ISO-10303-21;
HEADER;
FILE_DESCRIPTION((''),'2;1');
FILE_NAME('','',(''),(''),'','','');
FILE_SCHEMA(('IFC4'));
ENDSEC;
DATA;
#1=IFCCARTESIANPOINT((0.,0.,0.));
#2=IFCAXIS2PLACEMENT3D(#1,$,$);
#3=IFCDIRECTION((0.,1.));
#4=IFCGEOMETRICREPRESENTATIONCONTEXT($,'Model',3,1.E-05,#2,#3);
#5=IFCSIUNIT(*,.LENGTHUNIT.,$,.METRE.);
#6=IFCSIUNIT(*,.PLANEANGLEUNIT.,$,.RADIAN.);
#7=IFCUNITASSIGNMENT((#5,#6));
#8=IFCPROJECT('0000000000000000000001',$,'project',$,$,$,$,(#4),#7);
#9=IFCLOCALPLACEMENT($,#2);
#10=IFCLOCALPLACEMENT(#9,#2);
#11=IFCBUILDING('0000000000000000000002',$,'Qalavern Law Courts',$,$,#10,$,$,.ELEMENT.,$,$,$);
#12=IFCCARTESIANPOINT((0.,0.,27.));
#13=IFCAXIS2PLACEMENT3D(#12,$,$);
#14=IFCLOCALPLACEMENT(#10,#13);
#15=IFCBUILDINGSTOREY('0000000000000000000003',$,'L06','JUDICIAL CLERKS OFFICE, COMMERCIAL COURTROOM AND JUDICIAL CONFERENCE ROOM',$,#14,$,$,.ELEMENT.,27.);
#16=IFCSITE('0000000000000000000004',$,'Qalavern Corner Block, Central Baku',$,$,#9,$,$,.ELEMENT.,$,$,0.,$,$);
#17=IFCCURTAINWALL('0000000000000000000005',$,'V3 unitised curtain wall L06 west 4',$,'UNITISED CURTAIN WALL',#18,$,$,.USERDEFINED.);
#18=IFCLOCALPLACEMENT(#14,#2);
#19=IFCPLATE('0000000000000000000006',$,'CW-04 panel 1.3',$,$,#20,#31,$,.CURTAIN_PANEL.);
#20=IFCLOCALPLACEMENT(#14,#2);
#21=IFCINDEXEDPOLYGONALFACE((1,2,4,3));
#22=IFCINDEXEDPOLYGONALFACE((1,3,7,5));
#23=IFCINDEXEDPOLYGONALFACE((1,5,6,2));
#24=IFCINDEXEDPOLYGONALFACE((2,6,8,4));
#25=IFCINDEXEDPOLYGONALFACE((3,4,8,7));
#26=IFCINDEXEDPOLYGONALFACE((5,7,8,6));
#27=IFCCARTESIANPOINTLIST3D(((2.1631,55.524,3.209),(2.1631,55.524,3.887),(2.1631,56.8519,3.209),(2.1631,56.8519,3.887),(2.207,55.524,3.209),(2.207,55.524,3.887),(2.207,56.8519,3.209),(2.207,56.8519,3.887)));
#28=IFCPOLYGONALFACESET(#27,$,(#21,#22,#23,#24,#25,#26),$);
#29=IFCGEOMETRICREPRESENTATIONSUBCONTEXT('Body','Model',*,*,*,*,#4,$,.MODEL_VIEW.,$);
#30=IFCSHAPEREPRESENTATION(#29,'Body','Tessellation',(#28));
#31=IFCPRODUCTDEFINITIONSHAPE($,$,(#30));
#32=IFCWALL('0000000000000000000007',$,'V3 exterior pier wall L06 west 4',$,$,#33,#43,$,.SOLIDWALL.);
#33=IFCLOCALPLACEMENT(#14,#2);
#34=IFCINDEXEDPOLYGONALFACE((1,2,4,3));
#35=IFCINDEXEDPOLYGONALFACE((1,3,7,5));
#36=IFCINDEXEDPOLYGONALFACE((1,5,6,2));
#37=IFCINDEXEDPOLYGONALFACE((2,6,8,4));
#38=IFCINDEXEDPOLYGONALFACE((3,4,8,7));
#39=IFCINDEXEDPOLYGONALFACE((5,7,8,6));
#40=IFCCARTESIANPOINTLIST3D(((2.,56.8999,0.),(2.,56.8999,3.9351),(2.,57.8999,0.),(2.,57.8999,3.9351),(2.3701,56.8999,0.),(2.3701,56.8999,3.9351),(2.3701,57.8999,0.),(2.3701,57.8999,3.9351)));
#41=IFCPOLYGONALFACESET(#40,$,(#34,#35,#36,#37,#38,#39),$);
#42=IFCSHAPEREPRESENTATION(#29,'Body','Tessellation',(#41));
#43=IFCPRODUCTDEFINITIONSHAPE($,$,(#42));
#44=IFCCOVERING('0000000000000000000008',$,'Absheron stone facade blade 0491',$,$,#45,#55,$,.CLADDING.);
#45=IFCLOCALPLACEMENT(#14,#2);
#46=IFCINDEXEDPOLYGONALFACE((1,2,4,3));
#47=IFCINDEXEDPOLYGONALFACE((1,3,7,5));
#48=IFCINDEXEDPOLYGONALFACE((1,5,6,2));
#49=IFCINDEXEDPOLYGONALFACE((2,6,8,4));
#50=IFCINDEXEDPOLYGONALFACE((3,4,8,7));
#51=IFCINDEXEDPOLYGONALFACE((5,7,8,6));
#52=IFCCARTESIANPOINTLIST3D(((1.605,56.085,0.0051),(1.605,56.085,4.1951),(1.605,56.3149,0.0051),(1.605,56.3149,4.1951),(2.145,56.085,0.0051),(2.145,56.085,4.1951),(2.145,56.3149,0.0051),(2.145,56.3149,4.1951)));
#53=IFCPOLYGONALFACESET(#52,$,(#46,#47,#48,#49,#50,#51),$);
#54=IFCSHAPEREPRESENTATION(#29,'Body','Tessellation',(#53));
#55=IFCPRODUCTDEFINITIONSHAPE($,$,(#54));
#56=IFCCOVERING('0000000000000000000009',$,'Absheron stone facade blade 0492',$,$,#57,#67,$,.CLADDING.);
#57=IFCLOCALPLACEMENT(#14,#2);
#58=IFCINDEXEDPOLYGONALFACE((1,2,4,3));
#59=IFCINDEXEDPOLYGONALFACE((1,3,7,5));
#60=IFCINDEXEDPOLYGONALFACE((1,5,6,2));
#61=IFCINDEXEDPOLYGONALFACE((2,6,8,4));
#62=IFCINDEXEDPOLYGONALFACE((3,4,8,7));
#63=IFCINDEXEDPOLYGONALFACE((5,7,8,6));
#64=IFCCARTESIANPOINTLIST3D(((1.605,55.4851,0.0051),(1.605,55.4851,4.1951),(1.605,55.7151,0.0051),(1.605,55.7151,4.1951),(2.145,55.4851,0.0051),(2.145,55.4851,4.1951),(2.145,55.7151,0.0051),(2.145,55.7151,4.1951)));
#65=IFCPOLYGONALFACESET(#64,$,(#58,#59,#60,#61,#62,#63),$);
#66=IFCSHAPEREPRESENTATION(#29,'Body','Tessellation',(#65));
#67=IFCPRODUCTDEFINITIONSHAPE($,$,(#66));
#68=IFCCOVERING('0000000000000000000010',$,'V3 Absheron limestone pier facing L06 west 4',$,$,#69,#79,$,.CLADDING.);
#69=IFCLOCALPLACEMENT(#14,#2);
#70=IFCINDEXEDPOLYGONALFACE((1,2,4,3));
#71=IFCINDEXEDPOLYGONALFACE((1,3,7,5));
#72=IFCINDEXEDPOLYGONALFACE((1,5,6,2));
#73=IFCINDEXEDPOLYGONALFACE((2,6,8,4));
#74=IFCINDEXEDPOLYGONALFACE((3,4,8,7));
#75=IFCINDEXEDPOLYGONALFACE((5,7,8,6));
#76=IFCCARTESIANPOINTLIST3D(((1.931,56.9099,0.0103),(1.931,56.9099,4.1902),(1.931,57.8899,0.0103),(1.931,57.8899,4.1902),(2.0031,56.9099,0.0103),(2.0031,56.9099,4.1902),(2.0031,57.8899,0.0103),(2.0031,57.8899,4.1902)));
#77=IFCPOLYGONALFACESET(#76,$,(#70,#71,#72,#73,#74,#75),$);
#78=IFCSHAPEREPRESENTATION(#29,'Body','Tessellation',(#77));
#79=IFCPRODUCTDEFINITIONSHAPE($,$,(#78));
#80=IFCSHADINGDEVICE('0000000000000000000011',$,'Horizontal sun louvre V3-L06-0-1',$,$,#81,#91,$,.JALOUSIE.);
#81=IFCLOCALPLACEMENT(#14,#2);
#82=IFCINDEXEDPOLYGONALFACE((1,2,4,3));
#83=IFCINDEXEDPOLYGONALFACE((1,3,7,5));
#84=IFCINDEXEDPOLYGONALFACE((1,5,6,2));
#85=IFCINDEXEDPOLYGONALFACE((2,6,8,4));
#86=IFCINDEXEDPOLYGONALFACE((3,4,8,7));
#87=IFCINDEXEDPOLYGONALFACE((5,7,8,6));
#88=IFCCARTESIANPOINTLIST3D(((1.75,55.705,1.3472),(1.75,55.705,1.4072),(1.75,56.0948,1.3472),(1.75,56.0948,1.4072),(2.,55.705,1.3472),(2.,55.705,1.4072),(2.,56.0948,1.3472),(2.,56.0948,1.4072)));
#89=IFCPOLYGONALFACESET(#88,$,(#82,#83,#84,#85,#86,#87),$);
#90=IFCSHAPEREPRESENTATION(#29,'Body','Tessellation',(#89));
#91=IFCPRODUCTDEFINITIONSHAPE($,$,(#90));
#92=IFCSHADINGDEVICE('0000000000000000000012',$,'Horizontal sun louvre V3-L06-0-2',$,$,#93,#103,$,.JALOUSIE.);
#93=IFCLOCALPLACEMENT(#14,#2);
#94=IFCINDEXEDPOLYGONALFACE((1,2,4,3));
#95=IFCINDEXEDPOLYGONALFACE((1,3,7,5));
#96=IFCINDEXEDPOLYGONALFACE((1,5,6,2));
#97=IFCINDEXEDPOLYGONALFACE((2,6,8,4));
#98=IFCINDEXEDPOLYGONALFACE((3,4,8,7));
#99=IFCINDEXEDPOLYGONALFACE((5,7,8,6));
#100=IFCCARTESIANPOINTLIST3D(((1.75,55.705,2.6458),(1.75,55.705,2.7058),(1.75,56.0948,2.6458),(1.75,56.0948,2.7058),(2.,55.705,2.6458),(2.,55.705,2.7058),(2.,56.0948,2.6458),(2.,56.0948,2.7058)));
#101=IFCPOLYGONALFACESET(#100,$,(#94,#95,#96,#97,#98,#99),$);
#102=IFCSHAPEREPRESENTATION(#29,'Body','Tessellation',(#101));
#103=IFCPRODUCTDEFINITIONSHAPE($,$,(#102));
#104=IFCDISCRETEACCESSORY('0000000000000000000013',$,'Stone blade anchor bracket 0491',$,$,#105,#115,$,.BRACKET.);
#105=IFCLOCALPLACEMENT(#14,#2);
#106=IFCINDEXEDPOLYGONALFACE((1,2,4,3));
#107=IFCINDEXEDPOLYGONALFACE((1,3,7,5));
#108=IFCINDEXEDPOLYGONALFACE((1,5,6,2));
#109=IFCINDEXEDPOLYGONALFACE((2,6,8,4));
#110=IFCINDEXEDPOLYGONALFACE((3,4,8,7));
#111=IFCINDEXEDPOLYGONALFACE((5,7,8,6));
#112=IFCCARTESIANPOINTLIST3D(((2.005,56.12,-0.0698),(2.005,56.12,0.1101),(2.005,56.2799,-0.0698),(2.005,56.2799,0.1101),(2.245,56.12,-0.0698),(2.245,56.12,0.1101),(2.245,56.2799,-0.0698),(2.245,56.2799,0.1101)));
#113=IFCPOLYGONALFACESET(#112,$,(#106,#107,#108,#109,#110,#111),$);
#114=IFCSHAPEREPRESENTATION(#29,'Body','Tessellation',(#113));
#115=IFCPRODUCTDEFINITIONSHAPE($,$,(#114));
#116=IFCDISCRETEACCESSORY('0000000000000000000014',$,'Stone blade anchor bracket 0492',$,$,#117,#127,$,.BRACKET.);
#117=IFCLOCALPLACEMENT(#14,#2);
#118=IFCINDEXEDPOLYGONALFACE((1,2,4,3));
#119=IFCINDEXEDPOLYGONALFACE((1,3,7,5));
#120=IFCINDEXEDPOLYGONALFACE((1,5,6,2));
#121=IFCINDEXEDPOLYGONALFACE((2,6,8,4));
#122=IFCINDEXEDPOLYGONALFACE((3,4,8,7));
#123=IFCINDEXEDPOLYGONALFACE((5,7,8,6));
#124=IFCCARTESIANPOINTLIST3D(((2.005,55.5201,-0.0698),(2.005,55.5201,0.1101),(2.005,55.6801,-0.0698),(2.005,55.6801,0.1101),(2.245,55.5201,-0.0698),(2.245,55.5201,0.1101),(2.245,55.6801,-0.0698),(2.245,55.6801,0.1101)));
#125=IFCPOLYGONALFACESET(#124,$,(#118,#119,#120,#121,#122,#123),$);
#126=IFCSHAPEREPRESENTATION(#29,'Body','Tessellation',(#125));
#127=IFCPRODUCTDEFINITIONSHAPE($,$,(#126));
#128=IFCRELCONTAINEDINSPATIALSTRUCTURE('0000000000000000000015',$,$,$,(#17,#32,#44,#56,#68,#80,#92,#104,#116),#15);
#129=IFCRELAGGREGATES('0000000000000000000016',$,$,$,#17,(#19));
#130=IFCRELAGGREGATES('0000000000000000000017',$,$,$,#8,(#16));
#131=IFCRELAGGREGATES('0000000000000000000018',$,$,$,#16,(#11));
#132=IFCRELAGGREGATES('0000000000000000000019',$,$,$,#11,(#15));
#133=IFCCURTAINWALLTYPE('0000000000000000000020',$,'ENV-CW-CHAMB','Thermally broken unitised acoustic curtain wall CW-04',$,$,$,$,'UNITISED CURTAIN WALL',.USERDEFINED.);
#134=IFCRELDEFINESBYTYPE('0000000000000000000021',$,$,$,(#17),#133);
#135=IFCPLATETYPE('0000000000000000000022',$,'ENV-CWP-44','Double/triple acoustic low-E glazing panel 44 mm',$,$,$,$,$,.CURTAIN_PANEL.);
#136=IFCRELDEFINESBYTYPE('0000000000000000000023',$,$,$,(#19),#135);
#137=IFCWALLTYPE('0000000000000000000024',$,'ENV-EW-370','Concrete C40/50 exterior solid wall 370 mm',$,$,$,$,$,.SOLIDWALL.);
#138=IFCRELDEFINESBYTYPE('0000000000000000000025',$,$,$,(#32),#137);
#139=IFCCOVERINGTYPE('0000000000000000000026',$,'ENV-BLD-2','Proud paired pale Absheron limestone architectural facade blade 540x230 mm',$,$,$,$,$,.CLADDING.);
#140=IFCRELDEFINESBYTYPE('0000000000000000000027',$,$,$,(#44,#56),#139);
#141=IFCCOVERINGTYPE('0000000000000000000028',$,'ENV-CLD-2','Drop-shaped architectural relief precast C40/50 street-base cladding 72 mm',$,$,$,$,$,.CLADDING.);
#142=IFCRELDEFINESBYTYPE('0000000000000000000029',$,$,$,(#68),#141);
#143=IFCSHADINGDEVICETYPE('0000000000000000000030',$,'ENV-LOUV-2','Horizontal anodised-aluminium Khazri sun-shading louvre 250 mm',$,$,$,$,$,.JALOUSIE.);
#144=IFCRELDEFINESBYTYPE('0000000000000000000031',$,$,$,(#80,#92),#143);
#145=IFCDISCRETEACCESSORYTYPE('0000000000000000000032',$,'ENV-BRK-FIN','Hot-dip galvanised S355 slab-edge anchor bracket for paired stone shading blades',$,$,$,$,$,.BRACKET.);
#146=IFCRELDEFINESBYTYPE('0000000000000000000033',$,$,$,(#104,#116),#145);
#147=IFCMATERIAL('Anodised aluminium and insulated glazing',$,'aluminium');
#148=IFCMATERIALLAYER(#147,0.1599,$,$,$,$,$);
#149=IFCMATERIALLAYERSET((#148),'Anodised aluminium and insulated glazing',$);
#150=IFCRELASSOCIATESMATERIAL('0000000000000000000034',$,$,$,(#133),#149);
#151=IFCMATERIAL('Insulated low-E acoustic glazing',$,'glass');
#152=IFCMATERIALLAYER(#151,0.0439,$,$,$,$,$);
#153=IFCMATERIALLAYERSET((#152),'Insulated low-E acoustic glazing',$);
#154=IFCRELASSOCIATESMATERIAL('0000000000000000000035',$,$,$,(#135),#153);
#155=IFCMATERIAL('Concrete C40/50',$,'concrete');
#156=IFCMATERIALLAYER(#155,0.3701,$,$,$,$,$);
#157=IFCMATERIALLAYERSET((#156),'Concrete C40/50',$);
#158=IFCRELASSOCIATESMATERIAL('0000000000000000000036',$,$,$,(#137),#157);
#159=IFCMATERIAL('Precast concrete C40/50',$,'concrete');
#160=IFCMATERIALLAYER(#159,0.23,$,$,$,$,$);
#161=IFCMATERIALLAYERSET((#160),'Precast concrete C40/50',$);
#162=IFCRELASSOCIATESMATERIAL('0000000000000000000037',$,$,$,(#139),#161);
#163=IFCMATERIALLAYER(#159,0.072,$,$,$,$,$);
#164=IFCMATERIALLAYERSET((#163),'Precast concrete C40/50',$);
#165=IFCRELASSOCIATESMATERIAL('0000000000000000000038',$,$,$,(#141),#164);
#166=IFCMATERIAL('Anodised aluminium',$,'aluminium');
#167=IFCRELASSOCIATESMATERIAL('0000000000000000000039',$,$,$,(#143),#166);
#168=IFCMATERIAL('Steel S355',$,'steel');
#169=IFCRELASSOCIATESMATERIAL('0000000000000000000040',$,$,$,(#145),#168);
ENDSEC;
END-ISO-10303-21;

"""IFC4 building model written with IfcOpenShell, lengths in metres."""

from ifc_helpers import new_model, si_unit, direction, frame, frame_2d, origin, origin_2d, place, context, subcontext, project, spatial, rectangle, extrude, material, layer, layer_set, type_object, element, aggregate, save


model = new_model("IFC4")

# Units and contexts
model_context = context("Model", 3, precision=1e-05, world=origin(), true_north=direction((0.0, 1.0)))
body_context = subcontext(model_context, "Body", "Model", "MODEL_VIEW")
ifc_project = project(units=[si_unit("LENGTHUNIT", "METRE"), si_unit("PLANEANGLEUNIT", "RADIAN")], contexts=[model_context])

# Site, building, storey
site_placement = place(None, origin())
site = spatial("IfcSite", under=ifc_project, at=site_placement, Name="Qalavern Corner Block, Central Baku", CompositionType="ELEMENT", RefElevation=0.0)
building_placement = place(site_placement, origin())
building = spatial("IfcBuilding", under=site, at=building_placement, Name="Qalavern Law Courts", CompositionType="ELEMENT")
storey_placement = place(building_placement, frame((0.0, 0.0, 27.0)))
storey = spatial("IfcBuildingStorey", under=building, at=storey_placement, Name="L06", Description="JUDICIAL CLERKS OFFICE, COMMERCIAL COURTROOM AND JUDICIAL CONFERENCE ROOM", CompositionType="ELEMENT", Elevation=27.0)

# Curtain wall
ifc_material_1 = material(Name="Anodised aluminium and insulated glazing", Category="aluminium")
ifc_layer_1 = layer(ifc_material_1, 0.1599)
ifc_layer_set_1 = layer_set([ifc_layer_1], Name="Anodised aluminium and insulated glazing")
curtain_wall_type = type_object("IfcCurtainWallType", Name="ENV-CW-CHAMB", Description="Thermally broken unitised acoustic curtain wall CW-04", ElementType="UNITISED CURTAIN WALL", PredefinedType="USERDEFINED", material=ifc_layer_set_1)
ifc_material_2 = material(Name="Anodised aluminium", Category="aluminium")
curtain_wall_1_placement = place(storey_placement, origin())
curtain_wall_1 = element("IfcCurtainWall", 1, at=curtain_wall_1_placement, inside=storey, type_object=curtain_wall_type, Name="V3 unitised curtain wall L06 west 4", ObjectType="UNITISED CURTAIN WALL", PredefinedType="USERDEFINED")

# Plate
ifc_material_3 = material(Name="Insulated low-E acoustic glazing", Category="glass")
ifc_layer_2 = layer(ifc_material_3, 0.0439)
ifc_layer_set_2 = layer_set([ifc_layer_2], Name="Insulated low-E acoustic glazing")
plate_type_1 = type_object("IfcPlateType", Name="ENV-CWP-44", Description="Double/triple acoustic low-E glazing panel 44 mm", PredefinedType="CURTAIN_PANEL", material=ifc_layer_set_2)
plate_1_placement = place(storey_placement, frame((2.1851, 56.188, 3.209), z_axis=(0.0, 0.0, 1.0), x_axis=(0.0, -1.0, 0.0)))
plate_1 = element("IfcPlate", 2, at=plate_1_placement, type_object=plate_type_1, Name="CW-04 panel 1.3", PredefinedType="CURTAIN_PANEL", context=body_context, shape_type="SweptSolid", body=[
    extrude(rectangle(XDim=1.3279, YDim=0.0439, at=origin_2d()), origin(), (0.0, 0.0, 1.0), 0.678),
])
aggregate(curtain_wall_1, [plate_1])

# Wall
ifc_material_4 = material(Name="Concrete C40/50", Category="concrete")
ifc_layer_3 = layer(ifc_material_4, 0.3701)
ifc_layer_set_3 = layer_set([ifc_layer_3], Name="Concrete C40/50")
wall_type = type_object("IfcWallType", Name="ENV-EW-370", Description="Concrete C40/50 exterior solid wall 370 mm", PredefinedType="SOLIDWALL", material=ifc_layer_set_3)
wall_placement = place(storey_placement, frame((2.1851, 57.8999, 0.0), z_axis=(0.0, 0.0, 1.0), x_axis=(0.0, -1.0, 0.0)))
element("IfcWall", 3, at=wall_placement, inside=storey, type_object=wall_type, Name="V3 exterior pier wall L06 west 4", PredefinedType="SOLIDWALL", context=body_context, shape_type="SweptSolid", body=[
    extrude(rectangle(XDim=1.0, YDim=0.3701, at=frame_2d((0.5, 0.0))), origin(), (0.0, 0.0, 1.0), 3.9351),
])

# Coverings
ifc_material_5 = material(Name="Precast concrete C40/50", Category="concrete")
ifc_layer_4 = layer(ifc_material_5, 0.23)
ifc_layer_set_4 = layer_set([ifc_layer_4], Name="Precast concrete C40/50")
covering_type_1 = type_object("IfcCoveringType", Name="ENV-BLD-2", Description="Proud paired pale Absheron limestone architectural facade blade 540x230 mm", PredefinedType="CLADDING", material=ifc_layer_set_4)
for number, where, z_axis, x_axis, name in (
    (4, (1.875, 56.2, 0.0051), (0.0, 0.0, 1.0), (-1.0, 0.0, 0.0), "Absheron stone facade blade 0491"),
    (5, (1.875, 55.6001, 0.0051), (0.0, 0.0, 1.0), (-1.0, 0.0, 0.0), "Absheron stone facade blade 0492"),
):
    element("IfcCovering", number, at=place(storey_placement, frame(where, z_axis=z_axis, x_axis=x_axis)), inside=storey, type_object=covering_type_1, Name=name, PredefinedType="CLADDING", context=body_context, shape_type="SweptSolid", body=[
        extrude(rectangle(XDim=0.54, YDim=0.23, at=origin_2d()), origin(), (0.0, 0.0, 1.0), 4.1899),
    ])
ifc_layer_5 = layer(ifc_material_5, 0.072)
ifc_layer_set_5 = layer_set([ifc_layer_5], Name="Precast concrete C40/50")
covering_type_2 = type_object("IfcCoveringType", Name="ENV-CLD-2", Description="Drop-shaped architectural relief precast C40/50 street-base cladding 72 mm", PredefinedType="CLADDING", material=ifc_layer_set_5)
covering_placement = place(storey_placement, frame((1.967, 57.3999, 0.0103), z_axis=(0.0, 0.0, 1.0), x_axis=(0.0, -1.0, 0.0)))
element("IfcCovering", 6, at=covering_placement, inside=storey, type_object=covering_type_2, Name="V3 Absheron limestone pier facing L06 west 4", PredefinedType="CLADDING", context=body_context, shape_type="SweptSolid", body=[
    extrude(rectangle(XDim=0.98, YDim=0.072, at=origin_2d()), origin(), (0.0, 0.0, 1.0), 4.1799),
])

# Shading devices
shading_device_type = type_object("IfcShadingDeviceType", Name="ENV-LOUV-2", Description="Horizontal anodised-aluminium Khazri sun-shading louvre 250 mm", PredefinedType="JALOUSIE", material=ifc_material_2)
for number, where, z_axis, x_axis, name in (
    (7, (1.875, 55.8999, 1.3472), (0.0, 0.0, 1.0), (0.0, -1.0, 0.0), "Horizontal sun louvre V3-L06-0-1"),
    (8, (1.875, 55.8999, 2.6458), (0.0, 0.0, 1.0), (0.0, -1.0, 0.0), "Horizontal sun louvre V3-L06-0-2"),
):
    element("IfcShadingDevice", number, at=place(storey_placement, frame(where, z_axis=z_axis, x_axis=x_axis)), inside=storey, type_object=shading_device_type, Name=name, PredefinedType="JALOUSIE", context=body_context, shape_type="SweptSolid", body=[
        extrude(rectangle(XDim=0.3899, YDim=0.25, at=origin_2d()), origin(), (0.0, 0.0, 1.0), 0.0601),
    ])

# Discrete accessories
ifc_material_6 = material(Name="Steel S355", Category="steel")
discrete_accessory_type = type_object("IfcDiscreteAccessoryType", Name="ENV-BRK-FIN", Description="Hot-dip galvanised S355 slab-edge anchor bracket for paired stone shading blades", PredefinedType="BRACKET", material=ifc_material_6)
for number, where, z_axis, x_axis, name in (
    (9, (2.125, 56.2, -0.0698), (0.0, 0.0, 1.0), (-1.0, 0.0, 0.0), "Stone blade anchor bracket 0491"),
    (10, (2.125, 55.6001, -0.0698), (0.0, 0.0, 1.0), (-1.0, 0.0, 0.0), "Stone blade anchor bracket 0492"),
):
    element("IfcDiscreteAccessory", number, at=place(storey_placement, frame(where, z_axis=z_axis, x_axis=x_axis)), inside=storey, type_object=discrete_accessory_type, Name=name, PredefinedType="BRACKET", context=body_context, shape_type="SweptSolid", body=[
        extrude(rectangle(XDim=0.24, YDim=0.1599, at=origin_2d()), origin(), (0.0, 0.0, 1.0), 0.1799),
    ])

save(model, "model.ifc")
